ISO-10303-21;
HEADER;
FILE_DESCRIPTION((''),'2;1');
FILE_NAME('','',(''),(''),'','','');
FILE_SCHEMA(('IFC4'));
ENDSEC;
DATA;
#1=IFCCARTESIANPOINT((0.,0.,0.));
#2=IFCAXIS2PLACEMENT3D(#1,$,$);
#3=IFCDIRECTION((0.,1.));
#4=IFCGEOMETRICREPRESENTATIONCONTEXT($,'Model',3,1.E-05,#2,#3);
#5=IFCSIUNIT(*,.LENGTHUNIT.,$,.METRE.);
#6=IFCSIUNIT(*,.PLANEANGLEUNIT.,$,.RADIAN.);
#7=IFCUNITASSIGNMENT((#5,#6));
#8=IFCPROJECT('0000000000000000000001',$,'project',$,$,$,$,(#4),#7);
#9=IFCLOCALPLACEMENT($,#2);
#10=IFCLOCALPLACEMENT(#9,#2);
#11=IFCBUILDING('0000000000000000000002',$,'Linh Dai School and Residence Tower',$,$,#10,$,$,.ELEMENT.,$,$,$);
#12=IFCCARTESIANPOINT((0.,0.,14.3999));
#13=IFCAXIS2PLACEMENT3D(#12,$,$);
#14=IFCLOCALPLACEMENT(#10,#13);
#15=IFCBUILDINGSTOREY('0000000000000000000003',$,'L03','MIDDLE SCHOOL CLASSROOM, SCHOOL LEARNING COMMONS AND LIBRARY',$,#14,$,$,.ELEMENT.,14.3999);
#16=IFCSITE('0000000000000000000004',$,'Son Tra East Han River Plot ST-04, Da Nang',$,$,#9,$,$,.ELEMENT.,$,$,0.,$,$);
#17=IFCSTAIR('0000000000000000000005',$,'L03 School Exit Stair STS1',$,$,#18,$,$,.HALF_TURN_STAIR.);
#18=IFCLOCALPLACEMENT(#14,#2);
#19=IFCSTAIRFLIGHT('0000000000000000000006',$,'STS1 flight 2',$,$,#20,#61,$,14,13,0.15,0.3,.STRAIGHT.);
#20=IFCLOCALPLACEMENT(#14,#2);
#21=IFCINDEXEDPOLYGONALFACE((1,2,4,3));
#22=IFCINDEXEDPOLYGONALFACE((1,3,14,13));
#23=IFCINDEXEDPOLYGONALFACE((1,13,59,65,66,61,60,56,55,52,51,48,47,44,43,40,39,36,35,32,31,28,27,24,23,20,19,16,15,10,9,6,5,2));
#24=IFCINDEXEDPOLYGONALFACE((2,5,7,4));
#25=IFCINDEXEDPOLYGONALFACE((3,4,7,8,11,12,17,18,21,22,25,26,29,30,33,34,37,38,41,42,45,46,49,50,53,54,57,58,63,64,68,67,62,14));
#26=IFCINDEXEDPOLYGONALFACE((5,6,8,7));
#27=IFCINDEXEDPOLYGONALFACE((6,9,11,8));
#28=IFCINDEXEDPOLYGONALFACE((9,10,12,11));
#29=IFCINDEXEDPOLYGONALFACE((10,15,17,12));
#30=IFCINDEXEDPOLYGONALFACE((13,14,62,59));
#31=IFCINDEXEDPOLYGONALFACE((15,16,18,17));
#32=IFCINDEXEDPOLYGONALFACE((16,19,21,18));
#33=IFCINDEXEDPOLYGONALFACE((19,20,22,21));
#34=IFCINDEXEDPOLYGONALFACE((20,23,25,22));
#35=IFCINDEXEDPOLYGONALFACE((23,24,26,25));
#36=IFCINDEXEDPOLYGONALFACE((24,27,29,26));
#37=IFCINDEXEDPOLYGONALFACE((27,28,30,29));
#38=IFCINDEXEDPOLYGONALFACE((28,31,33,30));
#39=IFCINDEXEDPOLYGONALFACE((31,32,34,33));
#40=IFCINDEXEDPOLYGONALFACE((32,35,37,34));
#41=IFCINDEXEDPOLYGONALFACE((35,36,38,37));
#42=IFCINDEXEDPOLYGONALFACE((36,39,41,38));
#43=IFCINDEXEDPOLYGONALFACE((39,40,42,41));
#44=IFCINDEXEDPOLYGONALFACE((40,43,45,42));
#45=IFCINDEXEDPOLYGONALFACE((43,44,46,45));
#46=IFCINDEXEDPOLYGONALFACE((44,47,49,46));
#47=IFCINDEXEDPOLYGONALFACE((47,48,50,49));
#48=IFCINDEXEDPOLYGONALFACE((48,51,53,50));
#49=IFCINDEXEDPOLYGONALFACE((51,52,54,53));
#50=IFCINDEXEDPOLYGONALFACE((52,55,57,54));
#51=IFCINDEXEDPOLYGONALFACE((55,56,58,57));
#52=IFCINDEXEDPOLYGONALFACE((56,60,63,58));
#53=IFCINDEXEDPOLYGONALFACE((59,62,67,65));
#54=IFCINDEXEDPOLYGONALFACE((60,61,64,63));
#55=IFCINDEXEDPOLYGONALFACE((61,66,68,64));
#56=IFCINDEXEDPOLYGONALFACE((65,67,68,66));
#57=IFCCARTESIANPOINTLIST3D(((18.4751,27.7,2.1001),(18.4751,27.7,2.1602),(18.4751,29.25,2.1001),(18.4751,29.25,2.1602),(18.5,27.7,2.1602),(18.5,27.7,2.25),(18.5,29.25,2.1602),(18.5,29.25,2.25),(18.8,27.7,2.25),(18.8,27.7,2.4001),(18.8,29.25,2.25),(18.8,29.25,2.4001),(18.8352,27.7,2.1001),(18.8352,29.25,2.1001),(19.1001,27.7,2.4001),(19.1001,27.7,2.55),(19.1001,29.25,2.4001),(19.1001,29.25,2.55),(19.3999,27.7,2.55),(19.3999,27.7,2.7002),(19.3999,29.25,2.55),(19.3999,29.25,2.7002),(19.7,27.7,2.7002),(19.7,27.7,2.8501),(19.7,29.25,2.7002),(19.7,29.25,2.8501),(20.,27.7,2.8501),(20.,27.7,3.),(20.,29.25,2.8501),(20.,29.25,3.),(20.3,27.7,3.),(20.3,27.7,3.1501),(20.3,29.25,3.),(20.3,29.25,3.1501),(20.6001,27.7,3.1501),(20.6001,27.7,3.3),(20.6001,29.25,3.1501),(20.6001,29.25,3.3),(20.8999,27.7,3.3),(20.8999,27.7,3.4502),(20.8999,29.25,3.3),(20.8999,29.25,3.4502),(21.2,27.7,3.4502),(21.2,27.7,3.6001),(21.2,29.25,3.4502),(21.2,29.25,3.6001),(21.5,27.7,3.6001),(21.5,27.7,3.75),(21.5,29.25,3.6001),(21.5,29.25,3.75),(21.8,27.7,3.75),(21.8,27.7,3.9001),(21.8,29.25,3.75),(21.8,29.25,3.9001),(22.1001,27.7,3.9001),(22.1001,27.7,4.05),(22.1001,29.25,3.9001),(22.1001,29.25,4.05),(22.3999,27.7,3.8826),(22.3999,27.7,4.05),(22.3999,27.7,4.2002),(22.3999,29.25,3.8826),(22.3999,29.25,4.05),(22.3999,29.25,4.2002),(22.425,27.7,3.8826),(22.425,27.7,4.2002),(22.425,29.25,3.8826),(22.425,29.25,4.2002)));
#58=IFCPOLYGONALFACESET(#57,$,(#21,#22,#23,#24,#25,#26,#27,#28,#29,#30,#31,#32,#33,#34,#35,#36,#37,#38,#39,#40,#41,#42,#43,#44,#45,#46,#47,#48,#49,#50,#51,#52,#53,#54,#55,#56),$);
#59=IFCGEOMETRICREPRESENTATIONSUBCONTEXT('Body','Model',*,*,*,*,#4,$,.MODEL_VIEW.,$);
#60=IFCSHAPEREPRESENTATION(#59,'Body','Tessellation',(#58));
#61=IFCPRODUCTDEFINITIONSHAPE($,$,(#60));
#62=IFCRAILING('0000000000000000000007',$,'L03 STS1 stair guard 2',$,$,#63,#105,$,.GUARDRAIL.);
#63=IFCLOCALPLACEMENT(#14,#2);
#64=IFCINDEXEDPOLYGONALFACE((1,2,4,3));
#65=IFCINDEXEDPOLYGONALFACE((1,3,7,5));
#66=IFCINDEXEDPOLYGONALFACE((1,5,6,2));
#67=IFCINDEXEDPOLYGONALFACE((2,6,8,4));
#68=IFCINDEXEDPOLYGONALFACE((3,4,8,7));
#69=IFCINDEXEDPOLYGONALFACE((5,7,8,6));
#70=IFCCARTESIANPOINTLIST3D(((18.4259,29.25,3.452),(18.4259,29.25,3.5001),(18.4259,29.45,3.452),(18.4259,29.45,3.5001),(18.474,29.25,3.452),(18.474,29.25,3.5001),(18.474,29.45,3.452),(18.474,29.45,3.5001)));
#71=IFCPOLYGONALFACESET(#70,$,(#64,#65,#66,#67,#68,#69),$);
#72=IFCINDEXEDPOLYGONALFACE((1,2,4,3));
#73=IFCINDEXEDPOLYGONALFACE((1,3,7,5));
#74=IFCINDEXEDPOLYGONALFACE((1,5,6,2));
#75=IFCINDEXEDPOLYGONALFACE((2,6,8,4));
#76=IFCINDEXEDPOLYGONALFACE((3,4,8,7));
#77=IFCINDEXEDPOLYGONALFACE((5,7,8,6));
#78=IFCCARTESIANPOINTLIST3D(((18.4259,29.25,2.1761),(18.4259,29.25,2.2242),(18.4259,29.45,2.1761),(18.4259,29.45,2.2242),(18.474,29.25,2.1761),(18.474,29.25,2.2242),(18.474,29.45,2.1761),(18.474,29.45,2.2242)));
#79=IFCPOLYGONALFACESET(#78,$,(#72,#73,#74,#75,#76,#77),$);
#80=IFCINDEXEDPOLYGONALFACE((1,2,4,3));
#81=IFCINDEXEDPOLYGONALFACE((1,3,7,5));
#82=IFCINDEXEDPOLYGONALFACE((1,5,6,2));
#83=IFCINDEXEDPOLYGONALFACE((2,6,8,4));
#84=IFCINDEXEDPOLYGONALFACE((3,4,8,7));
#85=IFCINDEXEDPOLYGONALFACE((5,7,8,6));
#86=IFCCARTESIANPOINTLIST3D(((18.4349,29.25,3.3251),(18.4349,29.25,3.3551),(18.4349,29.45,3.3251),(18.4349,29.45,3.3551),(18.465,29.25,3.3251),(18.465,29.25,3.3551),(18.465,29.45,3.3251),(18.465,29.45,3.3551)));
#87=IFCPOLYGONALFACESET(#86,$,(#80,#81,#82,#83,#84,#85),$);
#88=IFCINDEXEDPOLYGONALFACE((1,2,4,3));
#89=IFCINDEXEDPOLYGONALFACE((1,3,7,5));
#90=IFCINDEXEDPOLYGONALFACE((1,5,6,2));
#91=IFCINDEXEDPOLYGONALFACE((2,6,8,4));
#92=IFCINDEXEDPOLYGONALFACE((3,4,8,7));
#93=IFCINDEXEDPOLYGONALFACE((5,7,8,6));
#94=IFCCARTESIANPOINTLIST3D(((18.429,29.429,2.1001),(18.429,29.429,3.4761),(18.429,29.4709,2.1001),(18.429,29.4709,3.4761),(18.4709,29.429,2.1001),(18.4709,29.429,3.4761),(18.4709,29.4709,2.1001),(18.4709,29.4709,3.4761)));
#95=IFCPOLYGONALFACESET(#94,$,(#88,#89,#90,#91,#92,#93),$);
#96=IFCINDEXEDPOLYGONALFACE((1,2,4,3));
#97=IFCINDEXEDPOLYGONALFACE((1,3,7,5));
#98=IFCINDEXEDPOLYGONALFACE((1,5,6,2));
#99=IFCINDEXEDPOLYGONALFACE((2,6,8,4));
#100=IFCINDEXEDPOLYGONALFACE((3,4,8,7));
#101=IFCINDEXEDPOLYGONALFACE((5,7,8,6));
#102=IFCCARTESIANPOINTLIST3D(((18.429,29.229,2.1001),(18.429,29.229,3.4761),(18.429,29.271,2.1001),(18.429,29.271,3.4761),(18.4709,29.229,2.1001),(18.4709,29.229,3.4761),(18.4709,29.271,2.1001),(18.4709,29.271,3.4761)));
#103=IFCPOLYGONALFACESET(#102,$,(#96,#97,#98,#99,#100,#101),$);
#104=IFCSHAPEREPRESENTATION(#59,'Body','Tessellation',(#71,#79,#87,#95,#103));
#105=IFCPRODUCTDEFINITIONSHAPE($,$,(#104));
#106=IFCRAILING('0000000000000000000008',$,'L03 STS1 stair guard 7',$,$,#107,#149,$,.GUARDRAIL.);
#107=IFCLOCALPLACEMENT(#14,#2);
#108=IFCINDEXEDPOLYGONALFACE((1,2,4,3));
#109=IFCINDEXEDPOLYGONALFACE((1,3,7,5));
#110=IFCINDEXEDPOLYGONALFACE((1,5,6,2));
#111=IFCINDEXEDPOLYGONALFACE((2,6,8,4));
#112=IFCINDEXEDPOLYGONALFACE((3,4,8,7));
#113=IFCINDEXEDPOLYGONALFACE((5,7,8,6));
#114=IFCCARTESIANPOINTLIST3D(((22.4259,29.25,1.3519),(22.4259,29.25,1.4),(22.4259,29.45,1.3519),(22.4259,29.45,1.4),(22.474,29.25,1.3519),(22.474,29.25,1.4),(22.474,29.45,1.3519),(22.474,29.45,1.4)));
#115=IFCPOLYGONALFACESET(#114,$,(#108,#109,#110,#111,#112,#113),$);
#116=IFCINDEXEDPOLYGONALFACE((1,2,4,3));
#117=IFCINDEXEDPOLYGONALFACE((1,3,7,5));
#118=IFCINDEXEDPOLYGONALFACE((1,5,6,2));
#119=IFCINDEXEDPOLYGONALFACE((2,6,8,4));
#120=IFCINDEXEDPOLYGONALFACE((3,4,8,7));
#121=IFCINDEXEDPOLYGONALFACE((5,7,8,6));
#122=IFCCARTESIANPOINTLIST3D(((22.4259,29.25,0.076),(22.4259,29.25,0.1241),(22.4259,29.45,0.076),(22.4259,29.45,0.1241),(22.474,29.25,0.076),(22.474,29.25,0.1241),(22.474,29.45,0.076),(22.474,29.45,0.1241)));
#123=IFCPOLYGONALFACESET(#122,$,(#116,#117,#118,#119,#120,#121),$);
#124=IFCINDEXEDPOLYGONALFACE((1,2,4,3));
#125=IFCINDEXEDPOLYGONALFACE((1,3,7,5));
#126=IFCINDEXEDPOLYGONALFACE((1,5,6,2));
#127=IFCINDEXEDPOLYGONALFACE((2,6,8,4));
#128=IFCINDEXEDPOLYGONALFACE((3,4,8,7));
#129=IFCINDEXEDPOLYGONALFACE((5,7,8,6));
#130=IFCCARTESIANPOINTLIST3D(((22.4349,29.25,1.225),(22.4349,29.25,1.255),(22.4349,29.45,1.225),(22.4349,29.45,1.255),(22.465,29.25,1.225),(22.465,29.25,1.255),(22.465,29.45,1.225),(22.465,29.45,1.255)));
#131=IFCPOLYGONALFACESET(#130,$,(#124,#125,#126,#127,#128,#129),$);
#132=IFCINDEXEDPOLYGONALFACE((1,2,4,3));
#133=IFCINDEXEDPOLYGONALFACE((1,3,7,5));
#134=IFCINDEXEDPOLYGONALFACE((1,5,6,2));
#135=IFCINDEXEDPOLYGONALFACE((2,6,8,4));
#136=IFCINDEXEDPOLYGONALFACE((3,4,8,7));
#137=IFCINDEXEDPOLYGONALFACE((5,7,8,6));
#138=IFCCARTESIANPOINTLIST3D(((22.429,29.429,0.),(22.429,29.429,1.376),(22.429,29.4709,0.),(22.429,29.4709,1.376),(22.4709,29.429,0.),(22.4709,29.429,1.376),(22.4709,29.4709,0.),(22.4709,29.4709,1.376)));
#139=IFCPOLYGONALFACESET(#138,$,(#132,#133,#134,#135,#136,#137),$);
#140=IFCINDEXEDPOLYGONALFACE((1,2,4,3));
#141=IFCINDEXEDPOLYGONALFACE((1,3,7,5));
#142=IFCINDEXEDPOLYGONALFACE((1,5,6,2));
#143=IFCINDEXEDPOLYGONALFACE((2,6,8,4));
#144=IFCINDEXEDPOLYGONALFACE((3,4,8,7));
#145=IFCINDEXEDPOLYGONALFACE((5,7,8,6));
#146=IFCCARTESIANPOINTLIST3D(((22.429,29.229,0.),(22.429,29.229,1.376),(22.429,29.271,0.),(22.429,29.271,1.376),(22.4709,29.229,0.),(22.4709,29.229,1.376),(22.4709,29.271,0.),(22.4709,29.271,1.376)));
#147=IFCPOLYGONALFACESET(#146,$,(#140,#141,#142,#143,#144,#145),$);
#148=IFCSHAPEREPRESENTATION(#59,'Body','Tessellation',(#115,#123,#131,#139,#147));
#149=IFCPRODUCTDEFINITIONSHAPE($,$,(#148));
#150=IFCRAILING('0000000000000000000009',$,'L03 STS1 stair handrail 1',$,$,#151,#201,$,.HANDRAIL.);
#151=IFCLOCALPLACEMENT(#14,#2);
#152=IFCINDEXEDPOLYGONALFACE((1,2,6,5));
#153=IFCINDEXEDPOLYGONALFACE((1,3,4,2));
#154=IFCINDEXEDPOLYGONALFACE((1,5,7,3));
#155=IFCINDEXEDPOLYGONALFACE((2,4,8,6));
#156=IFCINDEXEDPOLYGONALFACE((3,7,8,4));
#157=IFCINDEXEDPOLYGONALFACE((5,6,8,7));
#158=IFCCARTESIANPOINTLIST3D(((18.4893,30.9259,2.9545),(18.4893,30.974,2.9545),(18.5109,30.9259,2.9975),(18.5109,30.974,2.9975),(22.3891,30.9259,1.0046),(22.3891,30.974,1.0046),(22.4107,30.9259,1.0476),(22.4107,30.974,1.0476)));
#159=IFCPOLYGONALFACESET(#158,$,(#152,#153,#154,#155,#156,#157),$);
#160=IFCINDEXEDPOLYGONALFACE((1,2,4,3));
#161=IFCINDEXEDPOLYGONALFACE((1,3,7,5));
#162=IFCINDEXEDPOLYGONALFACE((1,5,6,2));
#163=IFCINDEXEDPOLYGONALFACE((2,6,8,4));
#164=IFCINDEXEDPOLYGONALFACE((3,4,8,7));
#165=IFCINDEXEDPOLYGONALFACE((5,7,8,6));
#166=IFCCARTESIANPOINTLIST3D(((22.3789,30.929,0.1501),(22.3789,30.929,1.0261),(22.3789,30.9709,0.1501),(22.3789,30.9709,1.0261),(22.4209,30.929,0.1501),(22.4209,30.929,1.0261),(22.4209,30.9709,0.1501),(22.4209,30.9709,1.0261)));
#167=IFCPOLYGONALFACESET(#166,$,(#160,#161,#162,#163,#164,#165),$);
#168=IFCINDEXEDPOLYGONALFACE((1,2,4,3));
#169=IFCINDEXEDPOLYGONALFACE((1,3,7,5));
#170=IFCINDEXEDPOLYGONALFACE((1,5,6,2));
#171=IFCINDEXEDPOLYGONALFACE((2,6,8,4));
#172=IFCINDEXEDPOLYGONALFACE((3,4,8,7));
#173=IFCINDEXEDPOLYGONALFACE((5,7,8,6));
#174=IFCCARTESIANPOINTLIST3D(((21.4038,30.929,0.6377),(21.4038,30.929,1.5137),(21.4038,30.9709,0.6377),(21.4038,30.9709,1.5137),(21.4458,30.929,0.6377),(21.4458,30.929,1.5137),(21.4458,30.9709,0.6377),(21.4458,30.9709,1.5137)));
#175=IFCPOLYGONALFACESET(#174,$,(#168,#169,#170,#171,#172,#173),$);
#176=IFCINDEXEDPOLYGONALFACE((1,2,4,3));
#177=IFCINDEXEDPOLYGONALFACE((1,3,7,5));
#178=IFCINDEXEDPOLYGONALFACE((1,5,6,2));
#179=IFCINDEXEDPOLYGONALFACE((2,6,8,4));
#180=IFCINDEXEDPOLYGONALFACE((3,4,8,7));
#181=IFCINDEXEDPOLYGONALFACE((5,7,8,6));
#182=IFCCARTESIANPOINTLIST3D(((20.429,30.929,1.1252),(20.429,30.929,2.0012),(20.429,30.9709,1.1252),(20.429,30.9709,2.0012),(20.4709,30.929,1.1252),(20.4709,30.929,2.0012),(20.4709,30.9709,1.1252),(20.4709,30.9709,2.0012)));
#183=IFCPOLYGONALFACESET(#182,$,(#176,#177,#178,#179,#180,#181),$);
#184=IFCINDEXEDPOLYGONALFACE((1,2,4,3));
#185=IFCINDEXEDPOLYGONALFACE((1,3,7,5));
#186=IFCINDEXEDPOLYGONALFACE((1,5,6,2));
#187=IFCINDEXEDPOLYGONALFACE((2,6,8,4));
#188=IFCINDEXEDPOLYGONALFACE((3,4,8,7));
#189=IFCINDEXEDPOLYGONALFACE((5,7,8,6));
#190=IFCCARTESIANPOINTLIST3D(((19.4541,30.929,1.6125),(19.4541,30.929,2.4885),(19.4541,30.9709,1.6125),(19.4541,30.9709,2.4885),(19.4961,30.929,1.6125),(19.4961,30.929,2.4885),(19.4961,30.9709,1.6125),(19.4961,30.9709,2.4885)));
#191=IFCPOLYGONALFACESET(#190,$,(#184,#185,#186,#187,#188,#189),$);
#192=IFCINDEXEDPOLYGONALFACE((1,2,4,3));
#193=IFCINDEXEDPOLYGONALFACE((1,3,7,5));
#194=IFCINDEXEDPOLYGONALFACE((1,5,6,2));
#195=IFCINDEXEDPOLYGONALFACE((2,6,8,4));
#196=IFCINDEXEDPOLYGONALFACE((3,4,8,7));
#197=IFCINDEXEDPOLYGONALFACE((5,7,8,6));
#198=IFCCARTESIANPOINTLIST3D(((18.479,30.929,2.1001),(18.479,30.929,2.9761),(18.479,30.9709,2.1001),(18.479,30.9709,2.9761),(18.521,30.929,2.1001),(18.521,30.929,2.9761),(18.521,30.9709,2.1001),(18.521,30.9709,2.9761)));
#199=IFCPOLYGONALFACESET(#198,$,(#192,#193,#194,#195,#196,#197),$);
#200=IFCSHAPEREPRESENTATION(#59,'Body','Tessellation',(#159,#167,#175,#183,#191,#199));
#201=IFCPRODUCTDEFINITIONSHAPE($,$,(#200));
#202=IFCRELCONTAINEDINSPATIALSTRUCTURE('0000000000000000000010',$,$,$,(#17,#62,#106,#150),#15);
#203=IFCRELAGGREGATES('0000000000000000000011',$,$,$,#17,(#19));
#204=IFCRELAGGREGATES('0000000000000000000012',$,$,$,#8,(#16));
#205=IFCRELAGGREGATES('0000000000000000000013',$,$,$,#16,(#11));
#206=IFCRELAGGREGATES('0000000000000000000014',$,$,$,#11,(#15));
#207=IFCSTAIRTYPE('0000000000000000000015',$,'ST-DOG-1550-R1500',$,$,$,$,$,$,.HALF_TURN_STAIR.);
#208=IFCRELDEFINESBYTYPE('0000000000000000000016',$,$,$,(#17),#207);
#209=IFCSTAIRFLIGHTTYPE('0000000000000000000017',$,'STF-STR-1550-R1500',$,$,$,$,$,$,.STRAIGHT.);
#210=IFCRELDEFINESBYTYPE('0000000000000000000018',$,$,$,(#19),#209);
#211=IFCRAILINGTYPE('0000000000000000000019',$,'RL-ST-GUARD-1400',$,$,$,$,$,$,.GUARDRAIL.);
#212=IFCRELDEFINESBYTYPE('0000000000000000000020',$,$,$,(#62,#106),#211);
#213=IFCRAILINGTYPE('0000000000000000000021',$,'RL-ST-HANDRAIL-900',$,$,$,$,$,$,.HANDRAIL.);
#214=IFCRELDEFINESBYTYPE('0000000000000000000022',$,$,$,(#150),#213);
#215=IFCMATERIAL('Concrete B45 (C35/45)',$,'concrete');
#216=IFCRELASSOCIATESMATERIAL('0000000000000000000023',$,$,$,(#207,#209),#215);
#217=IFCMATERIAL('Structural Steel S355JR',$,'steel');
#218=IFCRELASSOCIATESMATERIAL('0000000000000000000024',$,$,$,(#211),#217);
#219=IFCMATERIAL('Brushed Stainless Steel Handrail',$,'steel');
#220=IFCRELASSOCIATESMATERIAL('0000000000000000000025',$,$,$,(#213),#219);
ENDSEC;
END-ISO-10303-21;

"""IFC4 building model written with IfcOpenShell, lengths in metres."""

from ifc_helpers import new_model, si_unit, direction, frame, origin, origin_2d, place, context, subcontext, project, spatial, polyline, rectangle, outline, extrude, source, transform, mapped, material, type_object, element, aggregate, save


model = new_model("IFC4")

# Units and contexts
model_context = context("Model", 3, precision=1e-05, world=origin(), true_north=direction((0.0, 1.0)))
body_context = subcontext(model_context, "Body", "Model", "MODEL_VIEW")
ifc_project = project(units=[si_unit("LENGTHUNIT", "METRE"), si_unit("PLANEANGLEUNIT", "RADIAN")], contexts=[model_context])

# Site, building, storey
site_placement = place(None, origin())
site = spatial("IfcSite", under=ifc_project, at=site_placement, Name="Son Tra East Han River Plot ST-04, Da Nang", CompositionType="ELEMENT", RefElevation=0.0)
building_placement = place(site_placement, origin())
building = spatial("IfcBuilding", under=site, at=building_placement, Name="Linh Dai School and Residence Tower", CompositionType="ELEMENT")
storey_placement = place(building_placement, frame((0.0, 0.0, 14.3999)))
storey = spatial("IfcBuildingStorey", under=building, at=storey_placement, Name="L03", Description="MIDDLE SCHOOL CLASSROOM, SCHOOL LEARNING COMMONS AND LIBRARY", CompositionType="ELEMENT", Elevation=14.3999)

# Shared definitions
ifc_material_1 = material(Name="Structural Steel S355JR", Category="steel")

# Shared definitions
ifc_material_2 = material(Name="Concrete B45 (C35/45)", Category="concrete")

# Stair, stair flight
stair_type = type_object("IfcStairType", Name="ST-DOG-1550-R1500", PredefinedType="HALF_TURN_STAIR", material=ifc_material_2)
stair_placement = place(storey_placement, origin())
stair = element("IfcStair", 1, at=stair_placement, inside=storey, type_object=stair_type, Name="L03 School Exit Stair STS1", PredefinedType="HALF_TURN_STAIR")
stair_flight_type = type_object("IfcStairFlightType", Name="STF-STR-1550-R1500", PredefinedType="STRAIGHT", material=ifc_material_2)
shared_shape_1 = source(origin(), body_context, "Body", "SweptSolid", [
    extrude(outline(polyline([(-0.0249, 0.0), (-0.0249, 0.0601), (0.0, 0.0601), (0.0, 0.1499), (0.3, 0.1499), (0.3, 0.3), (0.6001, 0.3), (0.6001, 0.45), (0.8999, 0.45), (0.8999, 0.6001), (1.2, 0.6001), (1.2, 0.75), (1.5, 0.75), (1.5, 0.8999), (1.8, 0.8999), (1.8, 1.05), (2.1001, 1.05), (2.1001, 1.2), (2.3999, 1.2), (2.3999, 1.3501), (2.7, 1.3501), (2.7, 1.5), (3.0, 1.5), (3.0, 1.6499), (3.3, 1.6499), (3.3, 1.8), (3.6001, 1.8), (3.6001, 1.95), (3.8999, 1.95), (3.8999, 2.1001), (3.925, 2.1001), (3.925, 1.7825), (3.8999, 1.7825), (0.3352, 0.0), (-0.0249, 0.0)])), frame((0.0, 0.7749, 0.0), z_axis=(0.0, -1.0, 0.0), x_axis=(1.0, 0.0, 0.0)), (0.0, 0.0, 1.0), 1.55),
])
stair_flight_1_placement = place(storey_placement, frame((18.5, 28.4751, 2.1001), z_axis=(0.0, 0.0, 1.0), x_axis=(1.0, 0.0, 0.0)))
stair_flight_1 = element("IfcStairFlight", 2, at=stair_flight_1_placement, type_object=stair_flight_type, Name="STS1 flight 2", NumberOfRisers=14, NumberOfTreads=13, PredefinedType="STRAIGHT", RiserHeight=0.15, TreadLength=0.3, context=body_context, shape_type="MappedRepresentation", body=[
    mapped(shared_shape_1, transform((0.0, 0.0, 0.0), x_axis=(1.0, 0.0, 0.0), y_axis=(0.0, 1.0, 0.0), z_axis=(0.0, 0.0, 1.0), scale=1.0)),
])
aggregate(stair, [stair_flight_1])

# Railings
railing_type_1 = type_object("IfcRailingType", Name="RL-ST-GUARD-1400", PredefinedType="GUARDRAIL", material=ifc_material_1)
shared_shape_2 = source(origin(), body_context, "Body", "SweptSolid", [
    extrude(rectangle(XDim=0.0481, YDim=0.0481, at=origin_2d()), frame((0.0, 0.0, 1.376), z_axis=(0.0, -1.0, 0.0), x_axis=(1.0, 0.0, 0.0)), (0.0, 0.0, 1.0), 0.2),
    extrude(rectangle(XDim=0.0481, YDim=0.0481, at=origin_2d()), frame((0.0, 0.0, 0.1001), z_axis=(0.0, -1.0, 0.0), x_axis=(1.0, 0.0, 0.0)), (0.0, 0.0, 1.0), 0.2),
    extrude(rectangle(XDim=0.03, YDim=0.03, at=origin_2d()), frame((0.0, 0.0, 1.24), z_axis=(0.0, -1.0, 0.0), x_axis=(1.0, 0.0, 0.0)), (0.0, 0.0, 1.0), 0.2),
    extrude(rectangle(XDim=0.042, YDim=0.042, at=origin_2d()), origin(), (0.0, 0.0, 1.0), 1.376),
    extrude(rectangle(XDim=0.042, YDim=0.042, at=origin_2d()), frame((0.0, -0.2, 0.0)), (0.0, 0.0, 1.0), 1.376),
])
for number, where, name in (
    (3, (18.45, 29.45, 2.1001), "L03 STS1 stair guard 2"),
    (4, (22.45, 29.45, 0.0), "L03 STS1 stair guard 7"),
):
    element("IfcRailing", number, at=place(storey_placement, frame(where)), inside=storey, type_object=railing_type_1, Name=name, PredefinedType="GUARDRAIL", context=body_context, shape_type="MappedRepresentation", body=[
        mapped(shared_shape_2, transform((0.0, 0.0, 0.0), x_axis=(1.0, 0.0, 0.0), y_axis=(0.0, 1.0, 0.0), z_axis=(0.0, 0.0, 1.0), scale=1.0)),
    ])
ifc_material_3 = material(Name="Brushed Stainless Steel Handrail", Category="steel")
railing_type_2 = type_object("IfcRailingType", Name="RL-ST-HANDRAIL-900", PredefinedType="HANDRAIL", material=ifc_material_3)
shared_shape_3 = source(origin(), body_context, "Body", "SweptSolid", [
    extrude(rectangle(XDim=0.0481, YDim=0.0481, at=origin_2d()), frame((0.0, 0.0, 0.876), z_axis=(-0.894427, 0.0, 0.447214), x_axis=(0.0, -1.0, 0.0)), (0.0, 0.0, 1.0), 4.3601),
    extrude(rectangle(XDim=0.042, YDim=0.042, at=origin_2d()), origin(), (0.0, 0.0, 1.0), 0.876),
    extrude(rectangle(XDim=0.042, YDim=0.042, at=origin_2d()), frame((-0.9751, 0.0, 0.4875)), (0.0, 0.0, 1.0), 0.876),
    extrude(rectangle(XDim=0.042, YDim=0.042, at=origin_2d()), frame((-1.95, 0.0, 0.9751)), (0.0, 0.0, 1.0), 0.876),
    extrude(rectangle(XDim=0.042, YDim=0.042, at=origin_2d()), frame((-2.9248, 0.0, 1.4624)), (0.0, 0.0, 1.0), 0.876),
    extrude(rectangle(XDim=0.042, YDim=0.042, at=origin_2d()), frame((-3.8999, 0.0, 1.95)), (0.0, 0.0, 1.0), 0.876),
])
railing_1_placement = place(storey_placement, frame((22.3999, 30.95, 0.1501)))
element("IfcRailing", 5, at=railing_1_placement, inside=storey, type_object=railing_type_2, Name="L03 STS1 stair handrail 1", PredefinedType="HANDRAIL", context=body_context, shape_type="MappedRepresentation", body=[
    mapped(shared_shape_3, transform((0.0, 0.0, 0.0), x_axis=(1.0, 0.0, 0.0), y_axis=(0.0, 1.0, 0.0), z_axis=(0.0, 0.0, 1.0), scale=1.0)),
])

save(model, "model.ifc")
